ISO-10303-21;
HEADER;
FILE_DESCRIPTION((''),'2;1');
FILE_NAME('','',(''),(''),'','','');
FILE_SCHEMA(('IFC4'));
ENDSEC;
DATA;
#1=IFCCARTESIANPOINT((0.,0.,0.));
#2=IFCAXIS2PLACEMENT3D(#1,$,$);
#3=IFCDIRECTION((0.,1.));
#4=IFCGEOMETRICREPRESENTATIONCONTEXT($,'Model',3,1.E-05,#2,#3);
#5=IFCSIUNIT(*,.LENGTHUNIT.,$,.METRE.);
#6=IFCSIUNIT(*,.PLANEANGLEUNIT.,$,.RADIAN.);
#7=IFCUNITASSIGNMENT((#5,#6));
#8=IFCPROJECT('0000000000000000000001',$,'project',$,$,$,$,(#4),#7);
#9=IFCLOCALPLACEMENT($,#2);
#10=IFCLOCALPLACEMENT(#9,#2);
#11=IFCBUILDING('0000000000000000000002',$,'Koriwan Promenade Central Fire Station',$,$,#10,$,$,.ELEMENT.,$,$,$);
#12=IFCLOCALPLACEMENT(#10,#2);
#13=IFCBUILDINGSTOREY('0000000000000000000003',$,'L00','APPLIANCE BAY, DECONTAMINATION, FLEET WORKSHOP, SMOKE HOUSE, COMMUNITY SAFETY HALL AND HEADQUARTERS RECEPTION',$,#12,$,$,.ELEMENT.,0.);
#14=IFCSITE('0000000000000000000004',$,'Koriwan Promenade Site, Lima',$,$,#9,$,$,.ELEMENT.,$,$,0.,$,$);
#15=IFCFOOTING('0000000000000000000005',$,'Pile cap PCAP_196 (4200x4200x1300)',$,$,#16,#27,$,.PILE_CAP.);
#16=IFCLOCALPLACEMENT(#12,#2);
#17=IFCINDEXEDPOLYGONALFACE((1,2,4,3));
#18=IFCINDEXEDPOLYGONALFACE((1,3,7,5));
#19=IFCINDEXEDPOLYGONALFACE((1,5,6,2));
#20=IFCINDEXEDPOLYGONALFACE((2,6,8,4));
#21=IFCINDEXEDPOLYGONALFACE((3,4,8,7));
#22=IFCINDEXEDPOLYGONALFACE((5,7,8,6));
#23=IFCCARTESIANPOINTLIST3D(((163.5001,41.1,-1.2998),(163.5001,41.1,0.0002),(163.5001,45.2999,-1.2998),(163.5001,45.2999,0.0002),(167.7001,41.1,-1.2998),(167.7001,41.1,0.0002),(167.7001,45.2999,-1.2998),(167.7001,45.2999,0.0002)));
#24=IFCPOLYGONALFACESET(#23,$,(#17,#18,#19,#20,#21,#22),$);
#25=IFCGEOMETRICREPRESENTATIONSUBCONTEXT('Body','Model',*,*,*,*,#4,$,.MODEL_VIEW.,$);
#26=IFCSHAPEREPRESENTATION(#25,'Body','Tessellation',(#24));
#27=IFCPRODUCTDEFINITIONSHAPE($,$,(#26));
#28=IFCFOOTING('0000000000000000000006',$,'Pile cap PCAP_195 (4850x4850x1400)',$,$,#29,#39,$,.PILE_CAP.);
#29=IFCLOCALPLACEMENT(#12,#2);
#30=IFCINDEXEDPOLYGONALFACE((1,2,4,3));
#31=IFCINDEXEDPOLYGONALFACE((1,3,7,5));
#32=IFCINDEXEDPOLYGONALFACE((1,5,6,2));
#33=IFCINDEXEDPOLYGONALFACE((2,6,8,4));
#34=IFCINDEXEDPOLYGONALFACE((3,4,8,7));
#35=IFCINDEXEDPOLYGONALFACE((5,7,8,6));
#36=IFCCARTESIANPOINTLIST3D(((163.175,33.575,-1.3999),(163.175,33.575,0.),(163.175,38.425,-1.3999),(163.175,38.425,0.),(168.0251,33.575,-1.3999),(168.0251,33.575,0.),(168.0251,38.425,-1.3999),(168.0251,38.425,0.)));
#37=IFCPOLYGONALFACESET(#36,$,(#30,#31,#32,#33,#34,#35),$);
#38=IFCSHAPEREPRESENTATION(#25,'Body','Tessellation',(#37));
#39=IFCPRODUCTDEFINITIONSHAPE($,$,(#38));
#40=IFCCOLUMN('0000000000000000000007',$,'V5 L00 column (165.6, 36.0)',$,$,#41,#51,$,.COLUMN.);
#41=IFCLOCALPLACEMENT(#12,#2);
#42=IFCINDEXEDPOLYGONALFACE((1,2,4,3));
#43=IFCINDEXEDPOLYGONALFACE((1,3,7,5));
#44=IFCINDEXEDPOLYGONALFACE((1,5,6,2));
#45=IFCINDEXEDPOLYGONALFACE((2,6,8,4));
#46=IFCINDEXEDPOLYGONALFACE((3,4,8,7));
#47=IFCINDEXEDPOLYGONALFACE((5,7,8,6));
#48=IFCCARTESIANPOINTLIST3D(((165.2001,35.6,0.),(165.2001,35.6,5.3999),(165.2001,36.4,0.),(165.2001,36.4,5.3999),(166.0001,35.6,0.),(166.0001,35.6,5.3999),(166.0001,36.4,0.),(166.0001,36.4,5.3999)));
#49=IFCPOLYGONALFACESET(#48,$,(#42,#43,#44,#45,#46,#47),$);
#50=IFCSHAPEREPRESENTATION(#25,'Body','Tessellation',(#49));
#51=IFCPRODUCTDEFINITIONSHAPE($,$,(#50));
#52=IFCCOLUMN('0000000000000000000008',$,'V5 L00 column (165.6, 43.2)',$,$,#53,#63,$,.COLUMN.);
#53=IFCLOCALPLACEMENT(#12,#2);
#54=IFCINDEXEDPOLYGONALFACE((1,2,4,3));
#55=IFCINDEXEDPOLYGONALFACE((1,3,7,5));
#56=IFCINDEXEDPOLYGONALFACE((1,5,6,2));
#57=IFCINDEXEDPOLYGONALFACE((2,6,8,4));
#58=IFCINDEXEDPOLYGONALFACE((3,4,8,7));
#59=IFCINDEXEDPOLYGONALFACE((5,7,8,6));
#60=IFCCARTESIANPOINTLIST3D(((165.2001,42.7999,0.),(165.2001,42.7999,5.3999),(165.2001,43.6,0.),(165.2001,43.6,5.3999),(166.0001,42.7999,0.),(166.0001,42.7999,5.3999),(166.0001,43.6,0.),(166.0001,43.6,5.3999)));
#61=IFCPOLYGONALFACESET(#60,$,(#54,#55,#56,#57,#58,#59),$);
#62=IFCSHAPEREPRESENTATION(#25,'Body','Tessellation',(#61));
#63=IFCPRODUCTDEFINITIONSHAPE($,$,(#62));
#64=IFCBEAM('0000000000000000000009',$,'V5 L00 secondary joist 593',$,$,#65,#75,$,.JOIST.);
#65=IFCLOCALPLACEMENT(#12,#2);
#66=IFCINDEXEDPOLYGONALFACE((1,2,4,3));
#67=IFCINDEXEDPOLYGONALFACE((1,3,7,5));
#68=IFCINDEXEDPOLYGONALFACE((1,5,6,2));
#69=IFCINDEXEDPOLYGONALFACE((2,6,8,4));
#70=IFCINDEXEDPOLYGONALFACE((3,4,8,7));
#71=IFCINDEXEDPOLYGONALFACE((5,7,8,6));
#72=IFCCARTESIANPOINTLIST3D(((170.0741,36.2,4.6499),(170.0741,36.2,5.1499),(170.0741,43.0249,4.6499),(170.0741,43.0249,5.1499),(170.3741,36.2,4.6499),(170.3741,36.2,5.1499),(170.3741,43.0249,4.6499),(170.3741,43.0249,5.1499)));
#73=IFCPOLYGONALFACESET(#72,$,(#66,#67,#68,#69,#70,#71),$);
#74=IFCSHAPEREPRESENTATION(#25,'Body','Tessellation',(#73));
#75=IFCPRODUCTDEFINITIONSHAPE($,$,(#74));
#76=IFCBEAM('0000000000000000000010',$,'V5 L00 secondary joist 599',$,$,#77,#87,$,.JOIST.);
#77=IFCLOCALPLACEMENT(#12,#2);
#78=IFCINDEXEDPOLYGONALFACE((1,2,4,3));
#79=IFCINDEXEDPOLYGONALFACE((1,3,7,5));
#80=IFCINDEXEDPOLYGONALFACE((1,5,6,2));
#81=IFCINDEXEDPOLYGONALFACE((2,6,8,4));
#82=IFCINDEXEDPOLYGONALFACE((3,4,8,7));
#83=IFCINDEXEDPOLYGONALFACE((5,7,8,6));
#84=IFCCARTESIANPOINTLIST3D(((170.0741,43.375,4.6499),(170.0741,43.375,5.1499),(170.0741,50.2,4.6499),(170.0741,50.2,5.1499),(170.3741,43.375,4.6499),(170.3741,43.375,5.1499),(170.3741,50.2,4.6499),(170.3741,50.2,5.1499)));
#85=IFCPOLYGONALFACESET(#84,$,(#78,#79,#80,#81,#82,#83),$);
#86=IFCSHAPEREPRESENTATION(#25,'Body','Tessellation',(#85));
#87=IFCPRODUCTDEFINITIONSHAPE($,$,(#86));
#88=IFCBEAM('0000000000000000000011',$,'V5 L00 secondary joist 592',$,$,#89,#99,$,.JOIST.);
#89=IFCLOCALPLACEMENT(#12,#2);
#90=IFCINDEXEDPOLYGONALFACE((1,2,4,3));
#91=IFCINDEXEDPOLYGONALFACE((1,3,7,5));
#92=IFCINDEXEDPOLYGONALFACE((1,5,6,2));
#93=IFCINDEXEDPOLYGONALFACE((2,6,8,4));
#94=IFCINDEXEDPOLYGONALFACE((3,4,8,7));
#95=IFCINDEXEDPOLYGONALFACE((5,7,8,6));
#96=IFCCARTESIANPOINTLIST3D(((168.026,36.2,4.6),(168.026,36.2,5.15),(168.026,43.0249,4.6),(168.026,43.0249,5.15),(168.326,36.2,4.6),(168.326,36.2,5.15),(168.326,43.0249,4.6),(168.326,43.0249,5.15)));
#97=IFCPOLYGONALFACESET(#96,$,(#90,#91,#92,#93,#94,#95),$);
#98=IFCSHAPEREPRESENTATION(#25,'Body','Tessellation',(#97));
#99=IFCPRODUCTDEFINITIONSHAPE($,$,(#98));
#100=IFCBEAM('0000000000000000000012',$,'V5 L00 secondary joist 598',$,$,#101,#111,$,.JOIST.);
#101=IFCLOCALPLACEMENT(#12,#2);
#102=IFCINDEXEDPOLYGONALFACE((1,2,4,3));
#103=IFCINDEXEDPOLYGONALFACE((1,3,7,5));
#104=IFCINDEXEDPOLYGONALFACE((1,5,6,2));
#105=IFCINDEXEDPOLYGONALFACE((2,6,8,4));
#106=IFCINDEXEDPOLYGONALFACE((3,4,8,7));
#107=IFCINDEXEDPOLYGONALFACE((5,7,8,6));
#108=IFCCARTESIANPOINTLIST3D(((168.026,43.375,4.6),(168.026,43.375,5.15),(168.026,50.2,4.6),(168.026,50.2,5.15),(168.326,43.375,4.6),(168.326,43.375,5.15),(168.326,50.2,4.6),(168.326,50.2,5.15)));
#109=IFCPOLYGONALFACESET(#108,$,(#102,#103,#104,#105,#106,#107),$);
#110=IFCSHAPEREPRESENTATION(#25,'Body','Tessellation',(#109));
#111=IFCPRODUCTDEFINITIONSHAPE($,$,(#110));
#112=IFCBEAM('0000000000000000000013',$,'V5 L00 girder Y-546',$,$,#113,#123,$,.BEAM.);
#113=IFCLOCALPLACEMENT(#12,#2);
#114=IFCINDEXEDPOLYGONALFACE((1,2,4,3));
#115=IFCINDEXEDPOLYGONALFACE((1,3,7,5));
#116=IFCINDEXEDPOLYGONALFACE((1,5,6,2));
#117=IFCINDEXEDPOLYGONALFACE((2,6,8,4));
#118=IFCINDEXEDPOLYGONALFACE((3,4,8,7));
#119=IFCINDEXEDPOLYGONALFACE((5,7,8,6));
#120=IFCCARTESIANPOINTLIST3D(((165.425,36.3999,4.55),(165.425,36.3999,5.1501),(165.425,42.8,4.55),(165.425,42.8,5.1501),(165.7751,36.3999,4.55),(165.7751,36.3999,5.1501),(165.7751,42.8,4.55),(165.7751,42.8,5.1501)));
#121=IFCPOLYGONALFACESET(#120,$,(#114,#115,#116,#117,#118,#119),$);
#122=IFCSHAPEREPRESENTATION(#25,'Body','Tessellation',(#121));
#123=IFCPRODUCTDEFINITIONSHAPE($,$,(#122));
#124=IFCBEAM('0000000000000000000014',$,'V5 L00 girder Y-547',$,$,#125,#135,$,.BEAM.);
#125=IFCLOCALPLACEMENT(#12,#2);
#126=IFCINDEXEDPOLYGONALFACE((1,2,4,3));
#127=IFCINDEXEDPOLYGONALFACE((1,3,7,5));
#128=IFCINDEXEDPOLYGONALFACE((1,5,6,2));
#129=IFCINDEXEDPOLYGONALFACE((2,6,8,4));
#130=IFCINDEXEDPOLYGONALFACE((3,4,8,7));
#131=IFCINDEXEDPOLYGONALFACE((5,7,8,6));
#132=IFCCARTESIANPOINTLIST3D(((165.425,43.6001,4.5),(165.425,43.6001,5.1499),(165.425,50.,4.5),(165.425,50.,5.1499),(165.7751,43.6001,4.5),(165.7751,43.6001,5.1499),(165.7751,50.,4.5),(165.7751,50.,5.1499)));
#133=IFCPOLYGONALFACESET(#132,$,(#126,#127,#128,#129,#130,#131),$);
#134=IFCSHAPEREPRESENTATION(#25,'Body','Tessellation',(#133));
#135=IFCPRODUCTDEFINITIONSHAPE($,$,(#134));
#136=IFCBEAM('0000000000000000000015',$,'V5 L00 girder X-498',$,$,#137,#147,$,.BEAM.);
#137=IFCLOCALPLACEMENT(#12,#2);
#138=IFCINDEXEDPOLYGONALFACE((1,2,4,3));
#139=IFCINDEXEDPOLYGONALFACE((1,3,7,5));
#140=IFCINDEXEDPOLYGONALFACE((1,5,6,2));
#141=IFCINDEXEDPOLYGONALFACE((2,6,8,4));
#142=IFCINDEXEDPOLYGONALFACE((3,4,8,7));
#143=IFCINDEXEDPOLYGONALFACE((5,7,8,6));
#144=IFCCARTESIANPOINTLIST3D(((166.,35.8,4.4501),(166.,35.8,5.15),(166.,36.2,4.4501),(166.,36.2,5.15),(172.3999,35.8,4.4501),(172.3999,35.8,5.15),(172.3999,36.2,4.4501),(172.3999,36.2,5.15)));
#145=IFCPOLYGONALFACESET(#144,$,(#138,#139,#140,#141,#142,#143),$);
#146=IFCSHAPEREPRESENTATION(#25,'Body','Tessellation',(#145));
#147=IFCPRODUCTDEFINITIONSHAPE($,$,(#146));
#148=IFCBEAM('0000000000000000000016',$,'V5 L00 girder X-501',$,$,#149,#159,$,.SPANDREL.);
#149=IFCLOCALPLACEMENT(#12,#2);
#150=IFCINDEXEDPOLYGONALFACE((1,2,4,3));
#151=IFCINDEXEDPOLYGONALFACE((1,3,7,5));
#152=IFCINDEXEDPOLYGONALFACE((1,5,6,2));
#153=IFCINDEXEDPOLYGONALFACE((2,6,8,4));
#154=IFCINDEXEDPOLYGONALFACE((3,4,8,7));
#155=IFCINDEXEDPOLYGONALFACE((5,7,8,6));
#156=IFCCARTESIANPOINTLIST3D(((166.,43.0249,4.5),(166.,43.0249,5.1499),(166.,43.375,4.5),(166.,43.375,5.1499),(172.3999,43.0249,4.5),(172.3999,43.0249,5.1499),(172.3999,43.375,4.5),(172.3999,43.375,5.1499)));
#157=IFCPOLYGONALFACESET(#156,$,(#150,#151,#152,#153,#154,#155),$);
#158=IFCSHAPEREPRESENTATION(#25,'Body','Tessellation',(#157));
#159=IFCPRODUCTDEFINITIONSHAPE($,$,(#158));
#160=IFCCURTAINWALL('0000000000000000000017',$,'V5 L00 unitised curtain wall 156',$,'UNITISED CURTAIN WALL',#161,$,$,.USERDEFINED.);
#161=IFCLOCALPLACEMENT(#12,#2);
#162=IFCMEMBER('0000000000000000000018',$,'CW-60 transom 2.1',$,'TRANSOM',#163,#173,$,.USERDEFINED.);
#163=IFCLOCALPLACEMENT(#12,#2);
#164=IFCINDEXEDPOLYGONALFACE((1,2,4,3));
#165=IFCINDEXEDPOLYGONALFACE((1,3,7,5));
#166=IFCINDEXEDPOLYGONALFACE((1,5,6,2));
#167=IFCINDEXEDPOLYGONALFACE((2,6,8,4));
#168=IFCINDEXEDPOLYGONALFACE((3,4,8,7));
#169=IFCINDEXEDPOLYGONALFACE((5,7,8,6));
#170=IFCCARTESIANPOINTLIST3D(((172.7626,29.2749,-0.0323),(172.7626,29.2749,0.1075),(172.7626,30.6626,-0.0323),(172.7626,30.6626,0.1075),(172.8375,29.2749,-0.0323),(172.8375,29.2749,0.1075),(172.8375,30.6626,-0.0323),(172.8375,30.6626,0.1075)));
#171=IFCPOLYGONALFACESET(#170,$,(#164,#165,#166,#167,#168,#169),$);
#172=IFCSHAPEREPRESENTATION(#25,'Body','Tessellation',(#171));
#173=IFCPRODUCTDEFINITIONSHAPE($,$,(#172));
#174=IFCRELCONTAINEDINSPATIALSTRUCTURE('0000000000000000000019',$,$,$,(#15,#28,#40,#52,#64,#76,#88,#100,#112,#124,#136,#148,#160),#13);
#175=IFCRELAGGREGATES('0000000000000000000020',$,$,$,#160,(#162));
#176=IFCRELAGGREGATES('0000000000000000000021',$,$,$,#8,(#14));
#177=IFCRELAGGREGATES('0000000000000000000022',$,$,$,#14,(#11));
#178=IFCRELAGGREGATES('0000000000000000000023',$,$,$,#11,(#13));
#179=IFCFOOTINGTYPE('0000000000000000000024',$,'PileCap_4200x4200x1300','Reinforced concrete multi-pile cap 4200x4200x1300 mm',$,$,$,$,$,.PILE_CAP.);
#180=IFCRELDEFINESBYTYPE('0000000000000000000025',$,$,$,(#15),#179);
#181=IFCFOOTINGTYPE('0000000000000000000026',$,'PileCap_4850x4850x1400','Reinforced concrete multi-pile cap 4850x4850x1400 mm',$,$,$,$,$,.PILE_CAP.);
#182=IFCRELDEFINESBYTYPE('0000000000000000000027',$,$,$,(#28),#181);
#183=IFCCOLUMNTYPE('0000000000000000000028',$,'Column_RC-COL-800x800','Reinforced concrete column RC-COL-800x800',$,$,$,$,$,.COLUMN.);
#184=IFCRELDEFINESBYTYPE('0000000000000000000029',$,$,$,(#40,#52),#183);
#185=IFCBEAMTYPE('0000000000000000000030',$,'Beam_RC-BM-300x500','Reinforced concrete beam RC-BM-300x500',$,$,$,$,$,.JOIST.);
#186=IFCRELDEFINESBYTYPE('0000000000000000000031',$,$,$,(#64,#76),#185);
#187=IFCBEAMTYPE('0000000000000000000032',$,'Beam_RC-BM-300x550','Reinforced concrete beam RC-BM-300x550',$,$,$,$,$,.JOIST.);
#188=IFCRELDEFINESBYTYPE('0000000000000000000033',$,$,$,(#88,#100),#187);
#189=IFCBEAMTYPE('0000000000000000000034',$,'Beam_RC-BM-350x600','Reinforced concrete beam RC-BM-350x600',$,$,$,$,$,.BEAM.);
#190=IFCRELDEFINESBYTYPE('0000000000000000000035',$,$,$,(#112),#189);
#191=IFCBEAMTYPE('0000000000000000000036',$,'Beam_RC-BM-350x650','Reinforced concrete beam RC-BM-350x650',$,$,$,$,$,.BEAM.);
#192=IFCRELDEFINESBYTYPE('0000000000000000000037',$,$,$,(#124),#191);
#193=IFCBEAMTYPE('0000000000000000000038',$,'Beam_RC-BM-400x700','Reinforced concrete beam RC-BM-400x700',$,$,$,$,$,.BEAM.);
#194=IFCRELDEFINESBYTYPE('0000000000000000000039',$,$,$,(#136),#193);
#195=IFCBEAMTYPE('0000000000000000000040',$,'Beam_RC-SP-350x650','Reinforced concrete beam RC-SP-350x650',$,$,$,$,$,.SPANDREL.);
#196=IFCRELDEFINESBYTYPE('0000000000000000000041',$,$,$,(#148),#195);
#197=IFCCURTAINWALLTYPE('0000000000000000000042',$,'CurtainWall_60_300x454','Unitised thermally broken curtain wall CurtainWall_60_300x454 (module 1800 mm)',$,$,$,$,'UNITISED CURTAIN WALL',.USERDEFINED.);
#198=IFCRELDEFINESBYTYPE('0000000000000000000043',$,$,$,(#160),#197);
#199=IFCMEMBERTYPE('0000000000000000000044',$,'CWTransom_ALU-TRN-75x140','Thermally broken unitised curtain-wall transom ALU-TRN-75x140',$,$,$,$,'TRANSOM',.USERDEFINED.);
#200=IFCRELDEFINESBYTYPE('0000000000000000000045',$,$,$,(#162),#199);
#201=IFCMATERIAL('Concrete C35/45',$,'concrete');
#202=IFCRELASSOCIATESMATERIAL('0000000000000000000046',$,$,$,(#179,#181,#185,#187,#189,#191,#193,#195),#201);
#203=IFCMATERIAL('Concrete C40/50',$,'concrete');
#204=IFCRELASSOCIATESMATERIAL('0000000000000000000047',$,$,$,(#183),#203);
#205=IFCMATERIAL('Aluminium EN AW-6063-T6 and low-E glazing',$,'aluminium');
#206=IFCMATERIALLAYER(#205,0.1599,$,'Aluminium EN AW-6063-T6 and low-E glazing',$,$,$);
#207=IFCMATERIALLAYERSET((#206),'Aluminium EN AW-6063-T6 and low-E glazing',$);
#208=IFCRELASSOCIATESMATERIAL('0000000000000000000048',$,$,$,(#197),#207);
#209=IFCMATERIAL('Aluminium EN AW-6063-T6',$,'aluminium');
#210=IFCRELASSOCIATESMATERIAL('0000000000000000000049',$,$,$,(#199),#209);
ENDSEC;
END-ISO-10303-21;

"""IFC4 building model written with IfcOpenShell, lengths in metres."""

from ifc_helpers import new_model, si_unit, direction, frame, origin, origin_2d, place, context, subcontext, project, spatial, rectangle, extrude, material, layer, layer_set, material_profile, profile_set, type_object, element, aggregate, save


model = new_model("IFC4")

# Units and contexts
model_context = context("Model", 3, precision=1e-05, world=origin(), true_north=direction((0.0, 1.0)))
body_context = subcontext(model_context, "Body", "Model", "MODEL_VIEW")
ifc_project = project(units=[si_unit("LENGTHUNIT", "METRE"), si_unit("PLANEANGLEUNIT", "RADIAN")], contexts=[model_context])

# Site, building, storey
site_placement = place(None, origin())
site = spatial("IfcSite", under=ifc_project, at=site_placement, Name="Koriwan Promenade Site, Lima", CompositionType="ELEMENT", RefElevation=0.0)
building_placement = place(site_placement, origin())
building = spatial("IfcBuilding", under=site, at=building_placement, Name="Koriwan Promenade Central Fire Station", CompositionType="ELEMENT")
storey_placement = place(building_placement, origin())
storey = spatial("IfcBuildingStorey", under=building, at=storey_placement, Name="L00", Description="APPLIANCE BAY, DECONTAMINATION, FLEET WORKSHOP, SMOKE HOUSE, COMMUNITY SAFETY HALL AND HEADQUARTERS RECEPTION", CompositionType="ELEMENT", Elevation=0.0)

# Shared definitions
ifc_material_1 = material(Name="Concrete C35/45", Category="concrete")

# Footings
footing_type_1 = type_object("IfcFootingType", Name="PileCap_4200x4200x1300", Description="Reinforced concrete multi-pile cap 4200x4200x1300 mm", PredefinedType="PILE_CAP", material=ifc_material_1)
footing_1_placement = place(storey_placement, frame((165.6001, 43.2, -1.2998), z_axis=(0.0, 0.0, 1.0), x_axis=(1.0, 0.0, 0.0)))
element("IfcFooting", 1, at=footing_1_placement, inside=storey, type_object=footing_type_1, Name="Pile cap PCAP_196 (4200x4200x1300)", PredefinedType="PILE_CAP", context=body_context, shape_type="SweptSolid", body=[
    extrude(rectangle(XDim=4.2, YDim=4.2, at=origin_2d()), origin(), (0.0, 0.0, 1.0), 1.3),
])
footing_type_2 = type_object("IfcFootingType", Name="PileCap_4850x4850x1400", Description="Reinforced concrete multi-pile cap 4850x4850x1400 mm", PredefinedType="PILE_CAP", material=ifc_material_1)
footing_2_placement = place(storey_placement, frame((165.6001, 36.0, -1.3999), z_axis=(0.0, 0.0, 1.0), x_axis=(1.0, 0.0, 0.0)))
element("IfcFooting", 2, at=footing_2_placement, inside=storey, type_object=footing_type_2, Name="Pile cap PCAP_195 (4850x4850x1400)", PredefinedType="PILE_CAP", context=body_context, shape_type="SweptSolid", body=[
    extrude(rectangle(XDim=4.8501, YDim=4.8501, at=origin_2d()), origin(), (0.0, 0.0, 1.0), 1.3999),
])

# Columns
ifc_material_2 = material(Name="Concrete C40/50", Category="concrete")
ifc_material_profile_1 = material_profile(ifc_material_2, rectangle(XDim=0.8, YDim=0.8, at=origin_2d()), Name="RC-COL-800x800")
ifc_profile_set_1 = profile_set([ifc_material_profile_1], Name="Concrete C40/50")
column_type = type_object("IfcColumnType", Name="Column_RC-COL-800x800", Description="Reinforced concrete column RC-COL-800x800", PredefinedType="COLUMN", material=ifc_profile_set_1)
for number, where, z_axis, x_axis, name in (
    (3, (165.6001, 36.0, 0.0), (0.0, 0.0, 1.0), (1.0, 0.0, 0.0), "V5 L00 column (165.6, 36.0)"),
    (4, (165.6001, 43.2, 0.0), (0.0, 0.0, 1.0), (1.0, 0.0, 0.0), "V5 L00 column (165.6, 43.2)"),
):
    element("IfcColumn", number, at=place(storey_placement, frame(where, z_axis=z_axis, x_axis=x_axis)), inside=storey, type_object=column_type, Name=name, PredefinedType="COLUMN", context=body_context, shape_type="SweptSolid", body=[
        extrude(rectangle(XDim=0.8, YDim=0.8, at=origin_2d()), origin(), (0.0, 0.0, 1.0), 5.3999),
    ])

# Beams
ifc_material_profile_2 = material_profile(ifc_material_1, rectangle(XDim=0.3, YDim=0.5, at=origin_2d()), Name="RC-BM-300x500")
ifc_profile_set_2 = profile_set([ifc_material_profile_2], Name="Concrete C35/45")
beam_type_1 = type_object("IfcBeamType", Name="Beam_RC-BM-300x500", Description="Reinforced concrete beam RC-BM-300x500", PredefinedType="JOIST", material=ifc_profile_set_2)
for number, where, z_axis, x_axis, name in (
    (5, (170.2241, 36.2, 4.8999), (0.0, 1.0, 0.0), (-1.0, 0.0, 0.0), "V5 L00 secondary joist 593"),
    (6, (170.2241, 43.375, 4.8999), (0.0, 1.0, 0.0), (-1.0, 0.0, 0.0), "V5 L00 secondary joist 599"),
):
    element("IfcBeam", number, at=place(storey_placement, frame(where, z_axis=z_axis, x_axis=x_axis)), inside=storey, type_object=beam_type_1, Name=name, PredefinedType="JOIST", context=body_context, shape_type="SweptSolid", body=[
        extrude(rectangle(XDim=0.3, YDim=0.5, at=origin_2d()), origin(), (0.0, 0.0, 1.0), 6.825),
    ])
ifc_material_profile_3 = material_profile(ifc_material_1, rectangle(XDim=0.3, YDim=0.55, at=origin_2d()), Name="RC-BM-300x550")
ifc_profile_set_3 = profile_set([ifc_material_profile_3], Name="Concrete C35/45")
beam_type_2 = type_object("IfcBeamType", Name="Beam_RC-BM-300x550", Description="Reinforced concrete beam RC-BM-300x550", PredefinedType="JOIST", material=ifc_profile_set_3)
for number, where, z_axis, x_axis, name in (
    (7, (168.176, 36.2, 4.875), (0.0, 1.0, 0.0), (-1.0, 0.0, 0.0), "V5 L00 secondary joist 592"),
    (8, (168.176, 43.375, 4.875), (0.0, 1.0, 0.0), (-1.0, 0.0, 0.0), "V5 L00 secondary joist 598"),
):
    element("IfcBeam", number, at=place(storey_placement, frame(where, z_axis=z_axis, x_axis=x_axis)), inside=storey, type_object=beam_type_2, Name=name, PredefinedType="JOIST", context=body_context, shape_type="SweptSolid", body=[
        extrude(rectangle(XDim=0.3, YDim=0.55, at=origin_2d()), origin(), (0.0, 0.0, 1.0), 6.825),
    ])
ifc_material_profile_4 = material_profile(ifc_material_1, rectangle(XDim=0.3501, YDim=0.6001, at=origin_2d()), Name="RC-BM-350x600")
ifc_profile_set_4 = profile_set([ifc_material_profile_4], Name="Concrete C35/45")
beam_type_3 = type_object("IfcBeamType", Name="Beam_RC-BM-350x600", Description="Reinforced concrete beam RC-BM-350x600", PredefinedType="BEAM", material=ifc_profile_set_4)
beam_1_placement = place(storey_placement, frame((165.6001, 36.3999, 4.8501), z_axis=(0.0, 1.0, 0.0), x_axis=(-1.0, 0.0, 0.0)))
element("IfcBeam", 9, at=beam_1_placement, inside=storey, type_object=beam_type_3, Name="V5 L00 girder Y-546", PredefinedType="BEAM", context=body_context, shape_type="SweptSolid", body=[
    extrude(rectangle(XDim=0.3501, YDim=0.6001, at=origin_2d()), origin(), (0.0, 0.0, 1.0), 6.4001),
])
ifc_material_profile_5 = material_profile(ifc_material_1, rectangle(XDim=0.3501, YDim=0.6499, at=origin_2d()), Name="RC-BM-350x650")
ifc_profile_set_5 = profile_set([ifc_material_profile_5], Name="Concrete C35/45")
beam_type_4 = type_object("IfcBeamType", Name="Beam_RC-BM-350x650", Description="Reinforced concrete beam RC-BM-350x650", PredefinedType="BEAM", material=ifc_profile_set_5)
beam_2_placement = place(storey_placement, frame((165.6001, 43.6001, 4.825), z_axis=(0.0, 1.0, 0.0), x_axis=(-1.0, 0.0, 0.0)))
element("IfcBeam", 10, at=beam_2_placement, inside=storey, type_object=beam_type_4, Name="V5 L00 girder Y-547", PredefinedType="BEAM", context=body_context, shape_type="SweptSolid", body=[
    extrude(rectangle(XDim=0.3501, YDim=0.6499, at=origin_2d()), origin(), (0.0, 0.0, 1.0), 6.3999),
])
ifc_material_profile_6 = material_profile(ifc_material_1, rectangle(XDim=0.3999, YDim=0.7, at=origin_2d()), Name="RC-BM-400x700")
ifc_profile_set_6 = profile_set([ifc_material_profile_6], Name="Concrete C35/45")
beam_type_5 = type_object("IfcBeamType", Name="Beam_RC-BM-400x700", Description="Reinforced concrete beam RC-BM-400x700", PredefinedType="BEAM", material=ifc_profile_set_6)
beam_3_placement = place(storey_placement, frame((166.0, 36.0, 4.8), z_axis=(1.0, 0.0, 0.0), x_axis=(0.0, 1.0, 0.0)))
element("IfcBeam", 11, at=beam_3_placement, inside=storey, type_object=beam_type_5, Name="V5 L00 girder X-498", PredefinedType="BEAM", context=body_context, shape_type="SweptSolid", body=[
    extrude(rectangle(XDim=0.3999, YDim=0.7, at=origin_2d()), origin(), (0.0, 0.0, 1.0), 6.3999),
])
ifc_material_profile_7 = material_profile(ifc_material_1, rectangle(XDim=0.3501, YDim=0.6499, at=origin_2d()), Name="RC-SP-350x650")
ifc_profile_set_7 = profile_set([ifc_material_profile_7], Name="Concrete C35/45")
beam_type_6 = type_object("IfcBeamType", Name="Beam_RC-SP-350x650", Description="Reinforced concrete beam RC-SP-350x650", PredefinedType="SPANDREL", material=ifc_profile_set_7)
beam_4_placement = place(storey_placement, frame((166.0, 43.2, 4.825), z_axis=(1.0, 0.0, 0.0), x_axis=(0.0, 1.0, 0.0)))
element("IfcBeam", 12, at=beam_4_placement, inside=storey, type_object=beam_type_6, Name="V5 L00 girder X-501", PredefinedType="SPANDREL", context=body_context, shape_type="SweptSolid", body=[
    extrude(rectangle(XDim=0.3501, YDim=0.6499, at=origin_2d()), origin(), (0.0, 0.0, 1.0), 6.3999),
])

# Curtain wall, member
ifc_material_3 = material(Name="Aluminium EN AW-6063-T6 and low-E glazing", Category="aluminium")
ifc_layer_1 = layer(ifc_material_3, 0.1599, Name="Aluminium EN AW-6063-T6 and low-E glazing")
ifc_layer_set_1 = layer_set([ifc_layer_1], Name="Aluminium EN AW-6063-T6 and low-E glazing")
curtain_wall_type = type_object("IfcCurtainWallType", Name="CurtainWall_60_300x454", Description="Unitised thermally broken curtain wall CurtainWall_60_300x454 (module 1800 mm)", ElementType="UNITISED CURTAIN WALL", PredefinedType="USERDEFINED", material=ifc_layer_set_1)
curtain_wall_placement = place(storey_placement, origin())
curtain_wall = element("IfcCurtainWall", 13, at=curtain_wall_placement, inside=storey, type_object=curtain_wall_type, Name="V5 L00 unitised curtain wall 156", ObjectType="UNITISED CURTAIN WALL", PredefinedType="USERDEFINED")
ifc_material_4 = material(Name="Aluminium EN AW-6063-T6", Category="aluminium")
ifc_material_profile_8 = material_profile(ifc_material_4, rectangle(XDim=0.075, YDim=0.1399, at=origin_2d()), Name="ALU-TRN-75x140")
ifc_profile_set_8 = profile_set([ifc_material_profile_8], Name="Aluminium EN AW-6063-T6")
member_type = type_object("IfcMemberType", Name="CWTransom_ALU-TRN-75x140", Description="Thermally broken unitised curtain-wall transom ALU-TRN-75x140", ElementType="TRANSOM", PredefinedType="USERDEFINED", material=ifc_profile_set_8)
member_placement = place(storey_placement, frame((172.8, 30.6626, 0.0376), z_axis=(0.0, -1.0, 0.0), x_axis=(1.0, 0.0, 0.0)))
member = element("IfcMember", 14, at=member_placement, type_object=member_type, Name="CW-60 transom 2.1", ObjectType="TRANSOM", PredefinedType="USERDEFINED", context=body_context, shape_type="SweptSolid", body=[
    extrude(rectangle(XDim=0.075, YDim=0.1399, at=origin_2d()), origin(), (0.0, 0.0, 1.0), 1.3877),
])
aggregate(curtain_wall, [member])

save(model, "model.ifc")
